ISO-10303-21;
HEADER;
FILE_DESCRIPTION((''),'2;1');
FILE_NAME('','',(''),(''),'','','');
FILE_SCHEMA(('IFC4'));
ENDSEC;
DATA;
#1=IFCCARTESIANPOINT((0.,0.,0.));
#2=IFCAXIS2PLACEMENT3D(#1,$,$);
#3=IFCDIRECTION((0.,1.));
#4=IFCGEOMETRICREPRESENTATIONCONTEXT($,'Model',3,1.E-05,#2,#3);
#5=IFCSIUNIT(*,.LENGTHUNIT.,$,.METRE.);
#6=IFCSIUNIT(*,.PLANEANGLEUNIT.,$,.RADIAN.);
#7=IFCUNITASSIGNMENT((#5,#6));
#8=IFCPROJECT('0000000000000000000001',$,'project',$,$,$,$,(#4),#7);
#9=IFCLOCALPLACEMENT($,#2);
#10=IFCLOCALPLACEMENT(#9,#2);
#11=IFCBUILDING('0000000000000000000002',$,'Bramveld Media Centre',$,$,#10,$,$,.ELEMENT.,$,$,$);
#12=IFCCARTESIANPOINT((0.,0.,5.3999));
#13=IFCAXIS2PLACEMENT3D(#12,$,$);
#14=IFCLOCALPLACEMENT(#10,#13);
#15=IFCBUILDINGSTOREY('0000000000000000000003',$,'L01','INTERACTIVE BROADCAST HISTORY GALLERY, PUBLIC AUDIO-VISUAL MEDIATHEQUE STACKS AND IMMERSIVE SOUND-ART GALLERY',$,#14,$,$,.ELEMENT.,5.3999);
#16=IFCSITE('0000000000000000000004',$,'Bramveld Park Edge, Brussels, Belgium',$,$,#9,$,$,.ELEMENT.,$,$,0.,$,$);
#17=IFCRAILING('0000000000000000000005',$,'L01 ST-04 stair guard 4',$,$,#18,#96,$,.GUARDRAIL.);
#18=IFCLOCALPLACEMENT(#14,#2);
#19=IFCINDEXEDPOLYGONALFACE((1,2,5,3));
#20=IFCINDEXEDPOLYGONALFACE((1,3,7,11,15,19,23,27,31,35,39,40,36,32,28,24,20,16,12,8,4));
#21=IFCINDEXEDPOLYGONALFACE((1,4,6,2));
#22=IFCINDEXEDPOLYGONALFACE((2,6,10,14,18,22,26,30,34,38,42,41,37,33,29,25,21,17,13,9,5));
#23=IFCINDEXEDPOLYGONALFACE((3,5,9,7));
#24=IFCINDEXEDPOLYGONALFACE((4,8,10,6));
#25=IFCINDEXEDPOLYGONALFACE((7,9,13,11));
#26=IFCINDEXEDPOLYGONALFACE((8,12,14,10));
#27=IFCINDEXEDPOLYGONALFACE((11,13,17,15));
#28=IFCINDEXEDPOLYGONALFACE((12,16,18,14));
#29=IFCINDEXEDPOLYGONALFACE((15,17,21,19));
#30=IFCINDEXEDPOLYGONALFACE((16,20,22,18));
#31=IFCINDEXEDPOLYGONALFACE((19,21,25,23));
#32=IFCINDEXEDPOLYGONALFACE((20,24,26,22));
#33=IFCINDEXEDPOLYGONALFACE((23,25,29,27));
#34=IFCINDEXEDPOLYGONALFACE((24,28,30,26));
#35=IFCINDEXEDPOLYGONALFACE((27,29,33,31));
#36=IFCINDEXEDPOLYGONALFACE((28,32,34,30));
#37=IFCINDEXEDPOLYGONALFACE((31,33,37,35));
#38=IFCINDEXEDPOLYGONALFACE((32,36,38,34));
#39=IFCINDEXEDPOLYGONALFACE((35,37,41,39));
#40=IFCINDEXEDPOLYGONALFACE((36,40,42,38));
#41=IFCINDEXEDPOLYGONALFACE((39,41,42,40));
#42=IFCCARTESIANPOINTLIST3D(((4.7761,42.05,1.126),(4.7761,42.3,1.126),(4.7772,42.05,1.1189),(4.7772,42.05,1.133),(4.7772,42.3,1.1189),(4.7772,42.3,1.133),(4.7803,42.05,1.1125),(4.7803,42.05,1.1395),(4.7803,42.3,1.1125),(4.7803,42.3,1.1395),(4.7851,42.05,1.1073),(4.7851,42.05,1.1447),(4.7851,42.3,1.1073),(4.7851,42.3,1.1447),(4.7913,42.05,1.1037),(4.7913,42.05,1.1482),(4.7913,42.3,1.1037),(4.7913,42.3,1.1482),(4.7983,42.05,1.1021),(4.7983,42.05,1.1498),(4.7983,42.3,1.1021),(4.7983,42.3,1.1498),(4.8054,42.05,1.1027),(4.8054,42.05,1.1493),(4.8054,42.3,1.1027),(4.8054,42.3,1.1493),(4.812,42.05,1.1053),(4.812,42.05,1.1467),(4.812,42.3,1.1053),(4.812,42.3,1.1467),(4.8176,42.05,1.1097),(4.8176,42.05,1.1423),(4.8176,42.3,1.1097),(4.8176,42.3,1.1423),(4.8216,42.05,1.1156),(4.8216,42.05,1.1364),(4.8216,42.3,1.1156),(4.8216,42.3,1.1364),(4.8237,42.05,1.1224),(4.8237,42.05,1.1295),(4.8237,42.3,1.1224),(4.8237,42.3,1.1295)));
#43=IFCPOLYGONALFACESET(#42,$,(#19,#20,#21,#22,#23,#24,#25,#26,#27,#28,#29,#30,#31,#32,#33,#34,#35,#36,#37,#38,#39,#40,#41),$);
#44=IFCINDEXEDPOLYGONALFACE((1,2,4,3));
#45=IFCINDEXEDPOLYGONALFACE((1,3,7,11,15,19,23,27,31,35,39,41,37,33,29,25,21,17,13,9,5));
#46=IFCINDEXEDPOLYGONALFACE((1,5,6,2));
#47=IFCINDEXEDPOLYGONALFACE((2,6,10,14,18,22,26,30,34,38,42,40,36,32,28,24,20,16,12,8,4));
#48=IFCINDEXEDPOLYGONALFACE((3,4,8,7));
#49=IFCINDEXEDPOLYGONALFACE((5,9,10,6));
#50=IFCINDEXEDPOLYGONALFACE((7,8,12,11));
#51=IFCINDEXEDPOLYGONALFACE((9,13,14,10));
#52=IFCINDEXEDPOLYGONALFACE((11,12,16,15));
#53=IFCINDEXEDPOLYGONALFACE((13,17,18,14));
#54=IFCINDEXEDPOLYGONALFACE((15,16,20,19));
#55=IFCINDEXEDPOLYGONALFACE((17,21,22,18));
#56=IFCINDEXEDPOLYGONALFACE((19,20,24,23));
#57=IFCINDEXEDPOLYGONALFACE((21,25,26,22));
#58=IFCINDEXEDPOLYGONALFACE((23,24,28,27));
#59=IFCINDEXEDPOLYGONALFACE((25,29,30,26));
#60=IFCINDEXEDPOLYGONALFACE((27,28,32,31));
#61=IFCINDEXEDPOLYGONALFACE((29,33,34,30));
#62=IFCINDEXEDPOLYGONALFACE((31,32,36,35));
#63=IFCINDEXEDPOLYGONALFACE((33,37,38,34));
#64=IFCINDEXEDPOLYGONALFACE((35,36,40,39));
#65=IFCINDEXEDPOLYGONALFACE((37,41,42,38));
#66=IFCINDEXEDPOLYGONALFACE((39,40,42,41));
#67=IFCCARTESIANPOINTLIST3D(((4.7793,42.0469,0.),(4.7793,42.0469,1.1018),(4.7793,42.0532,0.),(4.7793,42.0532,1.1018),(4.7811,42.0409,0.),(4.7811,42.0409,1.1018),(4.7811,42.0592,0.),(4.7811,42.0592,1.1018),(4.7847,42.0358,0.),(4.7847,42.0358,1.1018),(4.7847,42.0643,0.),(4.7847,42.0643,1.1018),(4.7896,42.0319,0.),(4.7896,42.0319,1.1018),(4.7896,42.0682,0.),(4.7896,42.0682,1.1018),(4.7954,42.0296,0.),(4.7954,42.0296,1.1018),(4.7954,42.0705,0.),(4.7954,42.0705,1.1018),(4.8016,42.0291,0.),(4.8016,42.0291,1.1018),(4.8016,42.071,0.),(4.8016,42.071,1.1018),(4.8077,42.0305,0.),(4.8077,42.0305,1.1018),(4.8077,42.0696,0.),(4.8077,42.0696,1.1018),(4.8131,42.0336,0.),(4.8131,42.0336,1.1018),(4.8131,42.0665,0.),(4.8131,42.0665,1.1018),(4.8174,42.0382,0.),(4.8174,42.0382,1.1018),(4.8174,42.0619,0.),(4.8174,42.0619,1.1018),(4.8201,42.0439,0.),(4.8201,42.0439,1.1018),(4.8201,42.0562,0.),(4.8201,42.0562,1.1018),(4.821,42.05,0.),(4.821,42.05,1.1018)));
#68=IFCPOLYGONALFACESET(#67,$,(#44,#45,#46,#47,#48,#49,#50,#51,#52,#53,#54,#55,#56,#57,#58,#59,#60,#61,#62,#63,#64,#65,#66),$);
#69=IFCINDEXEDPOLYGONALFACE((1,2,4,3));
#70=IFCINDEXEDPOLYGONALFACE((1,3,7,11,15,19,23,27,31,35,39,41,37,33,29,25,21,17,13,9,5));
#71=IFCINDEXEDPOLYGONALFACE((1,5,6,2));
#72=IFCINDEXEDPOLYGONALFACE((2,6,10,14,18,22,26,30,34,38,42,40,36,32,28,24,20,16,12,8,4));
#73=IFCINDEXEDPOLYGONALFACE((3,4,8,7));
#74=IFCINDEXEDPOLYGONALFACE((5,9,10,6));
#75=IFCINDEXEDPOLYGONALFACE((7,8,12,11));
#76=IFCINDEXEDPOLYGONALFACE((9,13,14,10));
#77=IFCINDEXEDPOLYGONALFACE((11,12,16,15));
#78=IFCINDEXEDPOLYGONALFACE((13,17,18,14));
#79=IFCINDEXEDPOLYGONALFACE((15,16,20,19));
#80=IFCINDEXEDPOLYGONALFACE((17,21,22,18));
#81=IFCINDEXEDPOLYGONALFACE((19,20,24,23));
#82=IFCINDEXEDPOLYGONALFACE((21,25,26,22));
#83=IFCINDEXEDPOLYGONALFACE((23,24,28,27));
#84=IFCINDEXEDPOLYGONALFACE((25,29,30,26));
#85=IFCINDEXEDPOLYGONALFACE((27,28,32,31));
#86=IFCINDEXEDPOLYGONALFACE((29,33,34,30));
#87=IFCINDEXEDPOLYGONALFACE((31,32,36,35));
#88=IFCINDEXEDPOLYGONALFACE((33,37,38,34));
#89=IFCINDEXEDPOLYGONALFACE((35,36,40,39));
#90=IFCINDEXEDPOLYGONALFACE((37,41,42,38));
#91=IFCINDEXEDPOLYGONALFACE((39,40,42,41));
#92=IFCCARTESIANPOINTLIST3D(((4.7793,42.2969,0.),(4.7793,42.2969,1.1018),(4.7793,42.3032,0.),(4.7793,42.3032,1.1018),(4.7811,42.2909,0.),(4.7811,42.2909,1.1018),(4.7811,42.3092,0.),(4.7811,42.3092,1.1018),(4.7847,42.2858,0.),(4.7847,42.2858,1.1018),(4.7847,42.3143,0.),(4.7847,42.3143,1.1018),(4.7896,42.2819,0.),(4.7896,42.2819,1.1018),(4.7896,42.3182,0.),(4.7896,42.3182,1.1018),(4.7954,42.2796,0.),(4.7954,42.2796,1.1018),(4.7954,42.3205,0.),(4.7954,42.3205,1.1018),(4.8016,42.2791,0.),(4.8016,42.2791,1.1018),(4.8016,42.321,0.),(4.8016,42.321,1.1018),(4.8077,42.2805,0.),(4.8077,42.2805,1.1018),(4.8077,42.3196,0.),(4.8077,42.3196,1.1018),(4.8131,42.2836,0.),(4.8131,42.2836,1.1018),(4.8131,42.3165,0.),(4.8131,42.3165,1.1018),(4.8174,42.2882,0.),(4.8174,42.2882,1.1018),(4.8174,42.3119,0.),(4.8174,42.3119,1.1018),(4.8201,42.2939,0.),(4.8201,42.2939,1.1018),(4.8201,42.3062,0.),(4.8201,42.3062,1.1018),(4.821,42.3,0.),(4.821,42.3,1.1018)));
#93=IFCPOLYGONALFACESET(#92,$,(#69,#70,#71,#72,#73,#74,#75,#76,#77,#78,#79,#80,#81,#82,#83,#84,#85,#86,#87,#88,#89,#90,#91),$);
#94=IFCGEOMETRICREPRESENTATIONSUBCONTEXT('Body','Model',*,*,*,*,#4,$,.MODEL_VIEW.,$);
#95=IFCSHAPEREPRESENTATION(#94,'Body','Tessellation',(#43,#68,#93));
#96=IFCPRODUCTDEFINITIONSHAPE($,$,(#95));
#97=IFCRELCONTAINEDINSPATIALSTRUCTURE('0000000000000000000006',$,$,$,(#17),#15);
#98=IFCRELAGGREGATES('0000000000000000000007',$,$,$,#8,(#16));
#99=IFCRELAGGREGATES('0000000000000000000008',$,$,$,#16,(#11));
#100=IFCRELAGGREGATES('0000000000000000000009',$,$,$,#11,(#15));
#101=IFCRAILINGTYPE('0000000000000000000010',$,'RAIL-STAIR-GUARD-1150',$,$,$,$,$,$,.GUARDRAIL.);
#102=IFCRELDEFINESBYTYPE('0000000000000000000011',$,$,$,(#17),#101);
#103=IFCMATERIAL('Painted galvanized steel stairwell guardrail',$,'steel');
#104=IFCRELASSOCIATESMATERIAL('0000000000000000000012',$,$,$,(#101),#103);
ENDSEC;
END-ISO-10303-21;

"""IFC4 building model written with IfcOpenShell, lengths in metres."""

from ifc_helpers import new_model, si_unit, direction, frame, origin, origin_2d, place, context, subcontext, project, spatial, circle, extrude, material, type_object, element, save


model = new_model("IFC4")

# Units and contexts
model_context = context("Model", 3, precision=1e-05, world=origin(), true_north=direction((0.0, 1.0)))
body_context = subcontext(model_context, "Body", "Model", "MODEL_VIEW")
ifc_project = project(units=[si_unit("LENGTHUNIT", "METRE"), si_unit("PLANEANGLEUNIT", "RADIAN")], contexts=[model_context])

# Site, building, storey
site_placement = place(None, origin())
site = spatial("IfcSite", under=ifc_project, at=site_placement, Name="Bramveld Park Edge, Brussels, Belgium", CompositionType="ELEMENT", RefElevation=0.0)
building_placement = place(site_placement, origin())
building = spatial("IfcBuilding", under=site, at=building_placement, Name="Bramveld Media Centre", CompositionType="ELEMENT")
storey_placement = place(building_placement, frame((0.0, 0.0, 5.3999)))
storey = spatial("IfcBuildingStorey", under=building, at=storey_placement, Name="L01", Description="INTERACTIVE BROADCAST HISTORY GALLERY, PUBLIC AUDIO-VISUAL MEDIATHEQUE STACKS AND IMMERSIVE SOUND-ART GALLERY", CompositionType="ELEMENT", Elevation=5.3999)

# Railing
ifc_material_1 = material(Name="Painted galvanized steel stairwell guardrail", Category="steel")
railing_type_1 = type_object("IfcRailingType", Name="RAIL-STAIR-GUARD-1150", PredefinedType="GUARDRAIL", material=ifc_material_1)
railing_1_placement = place(storey_placement, frame((4.8, 42.05, 0.0)))
element("IfcRailing", 1, at=railing_1_placement, inside=storey, type_object=railing_type_1, Name="L01 ST-04 stair guard 4", PredefinedType="GUARDRAIL", context=body_context, shape_type="SweptSolid", body=[
    extrude(circle(Radius=0.0239, at=origin_2d()), frame((0.0, 0.0, 1.126), z_axis=(0.0, 1.0, 0.0), x_axis=(-1.0, 0.0, 0.0)), (0.0, 0.0, 1.0), 0.25),
    extrude(circle(Radius=0.021, at=origin_2d()), origin(), (0.0, 0.0, 1.0), 1.1018),
    extrude(circle(Radius=0.021, at=origin_2d()), frame((0.0, 0.25, 0.0)), (0.0, 0.0, 1.0), 1.1018),
])

save(model, "model.ifc")
